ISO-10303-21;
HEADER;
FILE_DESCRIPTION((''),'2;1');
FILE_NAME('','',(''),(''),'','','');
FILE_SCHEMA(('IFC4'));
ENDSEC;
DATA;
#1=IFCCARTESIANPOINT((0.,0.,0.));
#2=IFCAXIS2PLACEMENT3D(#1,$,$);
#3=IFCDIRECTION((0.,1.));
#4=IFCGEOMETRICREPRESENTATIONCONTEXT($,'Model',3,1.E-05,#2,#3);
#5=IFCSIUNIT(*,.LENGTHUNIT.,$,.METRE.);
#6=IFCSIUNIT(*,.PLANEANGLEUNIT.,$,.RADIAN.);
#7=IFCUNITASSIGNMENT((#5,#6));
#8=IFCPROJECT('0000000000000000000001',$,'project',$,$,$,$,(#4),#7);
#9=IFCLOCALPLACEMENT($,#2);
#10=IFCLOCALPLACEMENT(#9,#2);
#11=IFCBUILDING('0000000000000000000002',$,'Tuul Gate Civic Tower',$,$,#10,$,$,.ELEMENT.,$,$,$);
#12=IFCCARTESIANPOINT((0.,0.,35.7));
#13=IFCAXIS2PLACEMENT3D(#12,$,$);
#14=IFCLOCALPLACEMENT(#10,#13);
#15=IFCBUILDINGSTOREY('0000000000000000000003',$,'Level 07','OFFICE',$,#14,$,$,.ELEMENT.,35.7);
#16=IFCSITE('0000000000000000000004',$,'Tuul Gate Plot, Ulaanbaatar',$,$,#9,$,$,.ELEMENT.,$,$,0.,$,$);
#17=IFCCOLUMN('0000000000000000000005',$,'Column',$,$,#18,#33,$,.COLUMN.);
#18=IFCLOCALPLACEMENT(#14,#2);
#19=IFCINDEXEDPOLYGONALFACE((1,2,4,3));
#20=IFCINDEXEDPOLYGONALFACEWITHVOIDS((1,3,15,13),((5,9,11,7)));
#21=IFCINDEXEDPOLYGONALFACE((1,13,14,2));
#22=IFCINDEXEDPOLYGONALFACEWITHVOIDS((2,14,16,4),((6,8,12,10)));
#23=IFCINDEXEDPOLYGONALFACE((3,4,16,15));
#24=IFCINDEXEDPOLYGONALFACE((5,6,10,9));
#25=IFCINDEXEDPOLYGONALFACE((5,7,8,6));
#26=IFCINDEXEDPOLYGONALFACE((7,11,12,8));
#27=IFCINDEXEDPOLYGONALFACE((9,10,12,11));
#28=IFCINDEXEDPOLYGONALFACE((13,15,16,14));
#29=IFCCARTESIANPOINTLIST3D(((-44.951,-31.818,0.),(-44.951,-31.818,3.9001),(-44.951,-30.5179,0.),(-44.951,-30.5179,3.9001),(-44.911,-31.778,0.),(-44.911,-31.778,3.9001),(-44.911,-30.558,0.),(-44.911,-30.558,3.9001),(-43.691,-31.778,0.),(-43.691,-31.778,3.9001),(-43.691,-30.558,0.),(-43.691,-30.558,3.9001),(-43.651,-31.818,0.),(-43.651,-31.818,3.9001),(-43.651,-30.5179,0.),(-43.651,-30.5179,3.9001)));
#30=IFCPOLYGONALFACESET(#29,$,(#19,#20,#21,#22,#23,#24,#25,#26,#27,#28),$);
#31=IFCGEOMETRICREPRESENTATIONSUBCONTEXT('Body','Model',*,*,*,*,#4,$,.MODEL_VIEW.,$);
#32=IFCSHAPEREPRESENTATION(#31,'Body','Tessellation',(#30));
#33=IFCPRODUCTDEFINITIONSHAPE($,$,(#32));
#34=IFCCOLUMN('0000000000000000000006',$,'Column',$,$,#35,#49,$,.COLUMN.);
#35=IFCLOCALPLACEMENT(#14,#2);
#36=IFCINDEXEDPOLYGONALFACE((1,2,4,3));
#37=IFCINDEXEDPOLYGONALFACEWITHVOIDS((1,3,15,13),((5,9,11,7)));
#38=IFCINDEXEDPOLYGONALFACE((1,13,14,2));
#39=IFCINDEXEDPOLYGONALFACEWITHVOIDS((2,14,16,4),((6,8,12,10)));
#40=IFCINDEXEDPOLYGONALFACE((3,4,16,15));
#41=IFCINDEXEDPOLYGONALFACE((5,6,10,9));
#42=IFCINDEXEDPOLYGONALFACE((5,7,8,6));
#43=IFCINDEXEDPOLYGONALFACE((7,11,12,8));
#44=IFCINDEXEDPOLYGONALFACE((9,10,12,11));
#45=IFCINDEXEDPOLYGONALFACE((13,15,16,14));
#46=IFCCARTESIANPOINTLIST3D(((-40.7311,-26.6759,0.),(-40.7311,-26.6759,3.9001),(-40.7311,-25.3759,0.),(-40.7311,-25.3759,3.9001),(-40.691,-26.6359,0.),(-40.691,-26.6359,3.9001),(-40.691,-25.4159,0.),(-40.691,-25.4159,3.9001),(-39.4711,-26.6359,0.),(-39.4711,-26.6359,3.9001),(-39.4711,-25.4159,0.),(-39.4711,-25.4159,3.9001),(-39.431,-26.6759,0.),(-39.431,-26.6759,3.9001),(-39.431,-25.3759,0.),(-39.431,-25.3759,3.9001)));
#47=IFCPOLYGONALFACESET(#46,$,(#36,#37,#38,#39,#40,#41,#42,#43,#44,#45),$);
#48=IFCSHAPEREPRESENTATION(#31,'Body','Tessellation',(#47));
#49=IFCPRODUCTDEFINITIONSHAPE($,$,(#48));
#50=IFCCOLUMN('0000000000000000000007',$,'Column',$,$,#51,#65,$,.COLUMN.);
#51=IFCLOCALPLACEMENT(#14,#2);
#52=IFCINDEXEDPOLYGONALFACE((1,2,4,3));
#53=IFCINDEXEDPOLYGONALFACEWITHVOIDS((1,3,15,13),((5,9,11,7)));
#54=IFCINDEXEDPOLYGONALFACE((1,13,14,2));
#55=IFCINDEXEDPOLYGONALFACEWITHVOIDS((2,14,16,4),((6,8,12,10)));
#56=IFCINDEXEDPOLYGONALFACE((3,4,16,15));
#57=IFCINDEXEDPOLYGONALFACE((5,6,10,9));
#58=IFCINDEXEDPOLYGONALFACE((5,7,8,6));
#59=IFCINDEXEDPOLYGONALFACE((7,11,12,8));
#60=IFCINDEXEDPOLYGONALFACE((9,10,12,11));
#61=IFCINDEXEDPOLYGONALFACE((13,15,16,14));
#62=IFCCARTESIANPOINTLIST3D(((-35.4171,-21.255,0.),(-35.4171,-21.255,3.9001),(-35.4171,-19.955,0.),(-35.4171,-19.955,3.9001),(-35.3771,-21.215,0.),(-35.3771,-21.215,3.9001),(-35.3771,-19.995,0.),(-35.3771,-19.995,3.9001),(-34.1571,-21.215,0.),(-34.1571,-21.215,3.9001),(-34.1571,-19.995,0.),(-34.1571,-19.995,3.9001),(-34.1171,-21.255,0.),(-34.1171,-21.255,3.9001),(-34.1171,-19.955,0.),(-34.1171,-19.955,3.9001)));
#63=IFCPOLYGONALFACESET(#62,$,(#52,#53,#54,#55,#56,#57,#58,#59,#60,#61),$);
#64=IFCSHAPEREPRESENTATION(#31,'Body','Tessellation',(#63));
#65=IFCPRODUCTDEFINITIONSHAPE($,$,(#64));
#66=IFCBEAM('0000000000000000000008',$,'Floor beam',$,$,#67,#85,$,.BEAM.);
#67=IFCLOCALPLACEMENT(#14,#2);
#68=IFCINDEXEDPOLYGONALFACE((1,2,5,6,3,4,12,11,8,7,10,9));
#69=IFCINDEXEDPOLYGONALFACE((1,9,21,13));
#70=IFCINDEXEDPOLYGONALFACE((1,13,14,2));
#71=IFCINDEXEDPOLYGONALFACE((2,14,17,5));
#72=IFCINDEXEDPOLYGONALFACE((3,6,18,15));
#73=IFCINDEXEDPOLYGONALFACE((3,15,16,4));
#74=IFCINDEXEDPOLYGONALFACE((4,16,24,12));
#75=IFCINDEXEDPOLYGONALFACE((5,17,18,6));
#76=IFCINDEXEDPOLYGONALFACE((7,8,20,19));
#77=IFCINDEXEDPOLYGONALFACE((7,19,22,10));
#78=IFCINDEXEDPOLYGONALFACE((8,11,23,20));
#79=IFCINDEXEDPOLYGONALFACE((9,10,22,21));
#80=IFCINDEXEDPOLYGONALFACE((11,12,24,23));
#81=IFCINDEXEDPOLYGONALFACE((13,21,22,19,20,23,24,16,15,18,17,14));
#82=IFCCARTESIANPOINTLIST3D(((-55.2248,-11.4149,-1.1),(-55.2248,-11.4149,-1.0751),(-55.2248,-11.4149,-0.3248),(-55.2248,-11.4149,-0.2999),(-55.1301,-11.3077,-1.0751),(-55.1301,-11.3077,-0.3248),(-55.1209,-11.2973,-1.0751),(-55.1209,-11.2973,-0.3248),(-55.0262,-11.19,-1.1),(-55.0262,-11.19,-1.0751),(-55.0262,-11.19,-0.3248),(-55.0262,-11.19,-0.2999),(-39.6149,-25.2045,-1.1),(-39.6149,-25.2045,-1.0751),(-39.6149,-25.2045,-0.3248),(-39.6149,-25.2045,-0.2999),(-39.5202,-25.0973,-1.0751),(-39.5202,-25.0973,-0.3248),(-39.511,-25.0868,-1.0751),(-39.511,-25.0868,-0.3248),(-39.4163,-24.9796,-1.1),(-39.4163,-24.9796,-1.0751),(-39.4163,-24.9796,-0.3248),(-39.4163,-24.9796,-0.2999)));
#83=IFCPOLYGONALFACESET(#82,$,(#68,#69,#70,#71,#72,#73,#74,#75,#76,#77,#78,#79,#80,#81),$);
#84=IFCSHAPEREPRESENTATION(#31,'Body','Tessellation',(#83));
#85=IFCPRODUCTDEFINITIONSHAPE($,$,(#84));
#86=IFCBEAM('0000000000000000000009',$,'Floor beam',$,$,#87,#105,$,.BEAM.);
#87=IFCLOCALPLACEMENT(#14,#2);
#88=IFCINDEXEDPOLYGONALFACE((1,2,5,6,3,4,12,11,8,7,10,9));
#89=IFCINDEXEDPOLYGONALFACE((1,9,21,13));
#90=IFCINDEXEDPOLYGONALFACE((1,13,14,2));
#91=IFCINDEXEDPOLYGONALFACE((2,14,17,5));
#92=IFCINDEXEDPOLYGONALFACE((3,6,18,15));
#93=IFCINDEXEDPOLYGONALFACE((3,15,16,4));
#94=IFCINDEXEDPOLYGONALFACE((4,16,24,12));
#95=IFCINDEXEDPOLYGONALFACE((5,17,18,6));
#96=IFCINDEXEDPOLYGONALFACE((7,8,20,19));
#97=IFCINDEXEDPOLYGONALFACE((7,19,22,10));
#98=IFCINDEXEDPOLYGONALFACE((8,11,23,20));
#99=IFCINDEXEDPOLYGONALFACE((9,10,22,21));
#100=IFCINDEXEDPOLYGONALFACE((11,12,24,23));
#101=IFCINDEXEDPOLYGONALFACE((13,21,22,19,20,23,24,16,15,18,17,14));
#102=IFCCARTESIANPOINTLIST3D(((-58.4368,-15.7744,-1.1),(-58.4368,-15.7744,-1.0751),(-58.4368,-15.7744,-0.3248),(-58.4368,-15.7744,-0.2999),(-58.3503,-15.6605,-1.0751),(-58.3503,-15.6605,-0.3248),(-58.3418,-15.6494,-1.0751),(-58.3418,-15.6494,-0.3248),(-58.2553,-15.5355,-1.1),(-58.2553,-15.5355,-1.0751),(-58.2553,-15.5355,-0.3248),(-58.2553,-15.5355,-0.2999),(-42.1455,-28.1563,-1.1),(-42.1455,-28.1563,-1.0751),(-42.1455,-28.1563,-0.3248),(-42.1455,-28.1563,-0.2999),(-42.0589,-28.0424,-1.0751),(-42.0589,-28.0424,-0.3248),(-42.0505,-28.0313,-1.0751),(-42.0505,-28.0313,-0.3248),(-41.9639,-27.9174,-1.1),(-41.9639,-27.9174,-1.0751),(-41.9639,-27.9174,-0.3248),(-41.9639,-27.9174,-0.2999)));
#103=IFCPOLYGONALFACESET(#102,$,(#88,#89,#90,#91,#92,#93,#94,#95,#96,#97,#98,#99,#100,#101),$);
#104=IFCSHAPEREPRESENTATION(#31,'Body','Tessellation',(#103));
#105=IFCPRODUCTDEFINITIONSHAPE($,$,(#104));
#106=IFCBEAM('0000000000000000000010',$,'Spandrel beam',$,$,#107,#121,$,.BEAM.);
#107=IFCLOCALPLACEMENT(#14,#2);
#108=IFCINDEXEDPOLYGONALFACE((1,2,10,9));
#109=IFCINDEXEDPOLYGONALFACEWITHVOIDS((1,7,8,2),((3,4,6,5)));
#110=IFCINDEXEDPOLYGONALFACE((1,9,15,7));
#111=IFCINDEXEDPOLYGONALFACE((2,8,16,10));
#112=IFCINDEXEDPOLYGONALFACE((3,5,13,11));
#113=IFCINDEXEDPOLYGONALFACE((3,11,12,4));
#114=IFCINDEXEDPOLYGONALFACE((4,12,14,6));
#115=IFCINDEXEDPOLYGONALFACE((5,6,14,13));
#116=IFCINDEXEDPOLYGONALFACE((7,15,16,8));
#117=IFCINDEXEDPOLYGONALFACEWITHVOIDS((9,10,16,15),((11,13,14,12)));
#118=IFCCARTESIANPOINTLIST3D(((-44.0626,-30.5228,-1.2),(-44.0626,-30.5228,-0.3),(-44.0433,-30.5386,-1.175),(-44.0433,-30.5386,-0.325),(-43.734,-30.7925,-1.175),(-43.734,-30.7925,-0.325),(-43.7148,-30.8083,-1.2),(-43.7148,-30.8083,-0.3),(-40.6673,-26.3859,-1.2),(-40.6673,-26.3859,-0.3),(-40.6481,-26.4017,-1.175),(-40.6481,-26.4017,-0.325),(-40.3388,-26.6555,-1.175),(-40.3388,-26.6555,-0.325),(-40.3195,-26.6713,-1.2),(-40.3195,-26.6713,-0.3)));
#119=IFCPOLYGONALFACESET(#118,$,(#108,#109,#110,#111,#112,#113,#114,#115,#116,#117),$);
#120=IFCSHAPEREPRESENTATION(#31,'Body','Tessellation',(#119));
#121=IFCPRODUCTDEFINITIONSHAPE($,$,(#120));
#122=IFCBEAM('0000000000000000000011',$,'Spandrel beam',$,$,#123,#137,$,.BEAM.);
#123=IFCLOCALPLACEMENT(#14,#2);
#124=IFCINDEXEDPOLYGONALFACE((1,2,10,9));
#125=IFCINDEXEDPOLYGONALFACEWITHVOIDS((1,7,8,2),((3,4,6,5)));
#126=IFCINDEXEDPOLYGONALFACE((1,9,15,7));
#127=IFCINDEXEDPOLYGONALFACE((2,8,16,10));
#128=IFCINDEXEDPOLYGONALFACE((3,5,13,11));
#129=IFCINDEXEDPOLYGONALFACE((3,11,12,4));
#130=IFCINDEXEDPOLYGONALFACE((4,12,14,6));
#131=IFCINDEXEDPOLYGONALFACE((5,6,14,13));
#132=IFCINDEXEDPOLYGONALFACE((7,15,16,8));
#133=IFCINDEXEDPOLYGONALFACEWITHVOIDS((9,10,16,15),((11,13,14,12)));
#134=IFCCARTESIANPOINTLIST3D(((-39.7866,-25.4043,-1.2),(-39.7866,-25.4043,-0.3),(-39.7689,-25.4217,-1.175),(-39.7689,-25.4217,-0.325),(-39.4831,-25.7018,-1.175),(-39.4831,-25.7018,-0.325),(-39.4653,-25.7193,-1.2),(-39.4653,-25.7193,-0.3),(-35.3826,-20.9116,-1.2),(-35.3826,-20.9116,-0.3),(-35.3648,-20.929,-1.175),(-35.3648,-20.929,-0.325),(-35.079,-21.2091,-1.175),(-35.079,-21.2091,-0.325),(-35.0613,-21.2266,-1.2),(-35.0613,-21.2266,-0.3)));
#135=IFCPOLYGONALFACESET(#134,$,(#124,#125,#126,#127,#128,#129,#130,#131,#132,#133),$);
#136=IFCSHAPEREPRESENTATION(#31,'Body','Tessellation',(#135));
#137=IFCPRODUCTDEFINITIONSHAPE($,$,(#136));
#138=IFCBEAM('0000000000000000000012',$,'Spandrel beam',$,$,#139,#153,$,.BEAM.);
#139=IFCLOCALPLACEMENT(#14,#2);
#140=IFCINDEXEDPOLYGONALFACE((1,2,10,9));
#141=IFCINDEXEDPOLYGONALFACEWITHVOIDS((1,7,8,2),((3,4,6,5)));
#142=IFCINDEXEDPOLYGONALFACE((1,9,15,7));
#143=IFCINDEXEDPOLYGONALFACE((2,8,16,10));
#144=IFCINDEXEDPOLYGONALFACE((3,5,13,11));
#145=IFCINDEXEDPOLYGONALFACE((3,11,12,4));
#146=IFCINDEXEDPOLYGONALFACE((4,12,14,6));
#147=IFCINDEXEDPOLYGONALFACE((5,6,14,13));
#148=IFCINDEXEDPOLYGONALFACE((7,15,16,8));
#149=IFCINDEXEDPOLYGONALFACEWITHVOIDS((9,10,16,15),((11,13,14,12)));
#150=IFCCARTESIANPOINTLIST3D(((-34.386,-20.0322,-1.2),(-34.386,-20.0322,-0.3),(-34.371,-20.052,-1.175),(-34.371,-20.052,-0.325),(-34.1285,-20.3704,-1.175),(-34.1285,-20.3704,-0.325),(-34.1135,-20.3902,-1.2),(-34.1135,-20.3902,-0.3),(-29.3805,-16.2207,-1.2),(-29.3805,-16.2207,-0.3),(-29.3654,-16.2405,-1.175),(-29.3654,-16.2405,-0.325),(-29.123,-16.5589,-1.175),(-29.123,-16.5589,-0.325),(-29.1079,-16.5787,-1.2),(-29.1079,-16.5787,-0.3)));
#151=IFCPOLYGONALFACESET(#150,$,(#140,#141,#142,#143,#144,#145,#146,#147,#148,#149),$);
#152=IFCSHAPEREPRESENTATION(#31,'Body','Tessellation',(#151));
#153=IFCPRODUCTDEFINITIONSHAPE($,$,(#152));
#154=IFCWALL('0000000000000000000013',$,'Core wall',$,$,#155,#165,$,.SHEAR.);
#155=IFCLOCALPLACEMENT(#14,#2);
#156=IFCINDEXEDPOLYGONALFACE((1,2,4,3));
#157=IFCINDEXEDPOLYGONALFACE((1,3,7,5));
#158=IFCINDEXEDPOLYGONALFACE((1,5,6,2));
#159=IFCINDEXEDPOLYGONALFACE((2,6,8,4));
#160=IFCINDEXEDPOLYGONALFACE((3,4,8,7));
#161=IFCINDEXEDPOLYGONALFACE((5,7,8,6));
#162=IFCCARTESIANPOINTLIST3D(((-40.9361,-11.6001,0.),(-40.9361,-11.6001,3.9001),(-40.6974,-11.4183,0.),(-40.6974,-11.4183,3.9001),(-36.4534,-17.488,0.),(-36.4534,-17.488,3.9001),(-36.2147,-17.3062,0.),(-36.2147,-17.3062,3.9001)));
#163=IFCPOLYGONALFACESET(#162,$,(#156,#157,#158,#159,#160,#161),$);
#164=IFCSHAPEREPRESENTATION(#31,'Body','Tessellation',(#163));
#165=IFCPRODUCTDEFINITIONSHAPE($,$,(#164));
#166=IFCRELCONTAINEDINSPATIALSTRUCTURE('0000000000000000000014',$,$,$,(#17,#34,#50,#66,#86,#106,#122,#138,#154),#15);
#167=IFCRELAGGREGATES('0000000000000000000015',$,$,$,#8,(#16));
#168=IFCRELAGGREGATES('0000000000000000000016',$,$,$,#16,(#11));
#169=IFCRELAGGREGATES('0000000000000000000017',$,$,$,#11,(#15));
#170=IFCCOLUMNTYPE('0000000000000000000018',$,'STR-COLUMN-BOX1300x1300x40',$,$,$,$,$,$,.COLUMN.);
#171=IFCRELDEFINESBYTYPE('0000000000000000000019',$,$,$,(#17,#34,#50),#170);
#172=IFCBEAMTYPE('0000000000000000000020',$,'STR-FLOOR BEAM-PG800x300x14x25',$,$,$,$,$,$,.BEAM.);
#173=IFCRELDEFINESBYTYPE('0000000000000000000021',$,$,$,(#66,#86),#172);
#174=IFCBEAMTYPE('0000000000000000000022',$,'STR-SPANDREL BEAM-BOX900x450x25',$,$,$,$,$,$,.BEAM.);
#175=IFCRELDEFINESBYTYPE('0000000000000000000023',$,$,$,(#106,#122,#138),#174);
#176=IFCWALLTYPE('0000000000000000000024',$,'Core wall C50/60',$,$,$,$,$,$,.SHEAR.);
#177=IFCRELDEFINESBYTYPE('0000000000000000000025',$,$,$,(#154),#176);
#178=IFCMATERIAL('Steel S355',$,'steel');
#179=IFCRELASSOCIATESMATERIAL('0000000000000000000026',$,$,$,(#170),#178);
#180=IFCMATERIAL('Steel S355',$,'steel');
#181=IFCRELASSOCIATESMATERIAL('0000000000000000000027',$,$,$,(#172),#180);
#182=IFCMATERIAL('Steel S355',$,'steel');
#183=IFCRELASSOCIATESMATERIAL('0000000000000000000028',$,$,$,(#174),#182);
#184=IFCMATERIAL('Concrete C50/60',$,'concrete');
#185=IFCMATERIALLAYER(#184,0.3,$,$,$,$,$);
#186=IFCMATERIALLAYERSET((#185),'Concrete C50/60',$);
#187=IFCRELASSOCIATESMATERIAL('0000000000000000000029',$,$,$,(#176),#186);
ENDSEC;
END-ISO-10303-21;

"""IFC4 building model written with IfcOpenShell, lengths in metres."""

from ifc_helpers import new_model, si_unit, direction, frame, frame_2d, origin, origin_2d, place, context, subcontext, project, spatial, rectangle, hollow_rectangle, i_section, extrude, material, layer, layer_set, material_profile, profile_set, type_object, element, save


model = new_model("IFC4")

# Units and contexts
model_context = context("Model", 3, precision=1e-05, world=origin(), true_north=direction((0.0, 1.0)))
body_context = subcontext(model_context, "Body", "Model", "MODEL_VIEW")
ifc_project = project(units=[si_unit("LENGTHUNIT", "METRE"), si_unit("PLANEANGLEUNIT", "RADIAN")], contexts=[model_context])

# Site, building, storey
site_placement = place(None, origin())
site = spatial("IfcSite", under=ifc_project, at=site_placement, Name="Tuul Gate Plot, Ulaanbaatar", CompositionType="ELEMENT", RefElevation=0.0)
building_placement = place(site_placement, origin())
building = spatial("IfcBuilding", under=site, at=building_placement, Name="Tuul Gate Civic Tower", CompositionType="ELEMENT")
storey_placement = place(building_placement, frame((0.0, 0.0, 35.7)))
storey = spatial("IfcBuildingStorey", under=building, at=storey_placement, Name="Level 07", Description="OFFICE", CompositionType="ELEMENT", Elevation=35.7)

# Columns
ifc_material_1 = material(Name="Steel S355", Category="steel")
ifc_material_profile_1 = material_profile(ifc_material_1, hollow_rectangle(XDim=1.3, YDim=1.3, WallThickness=0.04, at=origin_2d()), Name="BOX1300x1300x40")
ifc_profile_set_1 = profile_set([ifc_material_profile_1], Name="Steel S355")
column_type = type_object("IfcColumnType", Name="STR-COLUMN-BOX1300x1300x40", PredefinedType="COLUMN", material=ifc_profile_set_1)
for number, where, z_axis, x_axis, name in (
    (1, (-44.301, -31.168, 0.0), (0.0, 0.0, 1.0), (1.0, 0.0, 0.0), "Column"),
    (2, (-40.0811, -26.0259, 0.0), (0.0, 0.0, 1.0), (1.0, 0.0, 0.0), "Column"),
    (3, (-34.7671, -20.605, 0.0), (0.0, 0.0, 1.0), (1.0, 0.0, 0.0), "Column"),
):
    element("IfcColumn", number, at=place(storey_placement, frame(where, z_axis=z_axis, x_axis=x_axis)), inside=storey, type_object=column_type, Name=name, PredefinedType="COLUMN", context=body_context, shape_type="SweptSolid", body=[
        extrude(hollow_rectangle(XDim=1.3, YDim=1.3, WallThickness=0.04, at=origin_2d()), origin(), (0.0, 0.0, 1.0), 3.9001),
    ])

# Beams
ifc_material_2 = material(Name="Steel S355", Category="steel")
ifc_material_profile_2 = material_profile(ifc_material_2, i_section(OverallWidth=0.3, OverallDepth=0.8, WebThickness=0.0139, FlangeThickness=0.0249, at=origin_2d()), Name="PG800x300x14x25")
ifc_profile_set_2 = profile_set([ifc_material_profile_2], Name="Steel S355")
beam_type_1 = type_object("IfcBeamType", Name="STR-FLOOR BEAM-PG800x300x14x25", PredefinedType="BEAM", material=ifc_profile_set_2)
beam_1_placement = place(storey_placement, frame((-39.5156, -25.092, -0.7), z_axis=(-0.749453, 0.662057, 0.0), x_axis=(-0.662057, -0.749453, 0.0)))
element("IfcBeam", 4, at=beam_1_placement, inside=storey, type_object=beam_type_1, Name="Floor beam", PredefinedType="BEAM", context=body_context, shape_type="SweptSolid", body=[
    extrude(i_section(OverallWidth=0.3, OverallDepth=0.8, WebThickness=0.0139, FlangeThickness=0.0249, at=origin_2d()), origin(), (0.0, 0.0, 1.0), 20.8284),
])
beam_2_placement = place(storey_placement, frame((-42.0547, -28.0369, -0.7), z_axis=(-0.796151, 0.605098, 0.0), x_axis=(-0.605098, -0.796151, 0.0)))
element("IfcBeam", 5, at=beam_2_placement, inside=storey, type_object=beam_type_1, Name="Floor beam", PredefinedType="BEAM", context=body_context, shape_type="SweptSolid", body=[
    extrude(i_section(OverallWidth=0.3, OverallDepth=0.8, WebThickness=0.0139, FlangeThickness=0.0249, at=origin_2d()), origin(), (0.0, 0.0, 1.0), 20.4626),
])
ifc_material_3 = material(Name="Steel S355", Category="steel")
ifc_material_profile_3 = material_profile(ifc_material_3, hollow_rectangle(XDim=0.45, YDim=0.8999, WallThickness=0.0249, at=origin_2d()), Name="BOX900x450x25")
ifc_profile_set_3 = profile_set([ifc_material_profile_3], Name="Steel S355")
beam_type_2 = type_object("IfcBeamType", Name="STR-SPANDREL BEAM-BOX900x450x25", PredefinedType="BEAM", material=ifc_profile_set_3)
beam_3_placement = place(storey_placement, frame((-43.8887, -30.6655, -0.75), z_axis=(0.63441, 0.772997, 0.0), x_axis=(-0.772997, 0.63441, 0.0)))
element("IfcBeam", 6, at=beam_3_placement, inside=storey, type_object=beam_type_2, Name="Spandrel beam", PredefinedType="BEAM", context=body_context, shape_type="SweptSolid", body=[
    extrude(hollow_rectangle(XDim=0.45, YDim=0.8999, WallThickness=0.0249, at=origin_2d()), origin(), (0.0, 0.0, 1.0), 5.3518),
])
beam_4_placement = place(storey_placement, frame((-39.626, -25.5618, -0.75), z_axis=(0.700028, 0.714115, 0.0), x_axis=(-0.714115, 0.700028, 0.0)))
element("IfcBeam", 7, at=beam_4_placement, inside=storey, type_object=beam_type_2, Name="Spandrel beam", PredefinedType="BEAM", context=body_context, shape_type="SweptSolid", body=[
    extrude(hollow_rectangle(XDim=0.45, YDim=0.8999, WallThickness=0.0249, at=origin_2d()), origin(), (0.0, 0.0, 1.0), 6.2913),
])
beam_5_placement = place(storey_placement, frame((-34.2498, -20.2112, -0.75), z_axis=(0.795606, 0.605814, 0.0), x_axis=(-0.605814, 0.795606, 0.0)))
element("IfcBeam", 8, at=beam_5_placement, inside=storey, type_object=beam_type_2, Name="Spandrel beam", PredefinedType="BEAM", context=body_context, shape_type="SweptSolid", body=[
    extrude(hollow_rectangle(XDim=0.45, YDim=0.8999, WallThickness=0.0249, at=origin_2d()), origin(), (0.0, 0.0, 1.0), 6.2915),
])

# Wall
ifc_material_4 = material(Name="Concrete C50/60", Category="concrete")
ifc_layer_1 = layer(ifc_material_4, 0.3)
ifc_layer_set_1 = layer_set([ifc_layer_1], Name="Concrete C50/60")
wall_type_1 = type_object("IfcWallType", Name="Core wall C50/60", PredefinedType="SHEAR", material=ifc_layer_set_1)
wall_1_placement = place(storey_placement, frame((-36.334, -17.3972, 0.0), z_axis=(0.0, 0.0, 1.0), x_axis=(-0.605754, 0.795652, 0.0)))
element("IfcWall", 9, at=wall_1_placement, inside=storey, type_object=wall_type_1, Name="Core wall", PredefinedType="SHEAR", context=body_context, shape_type="SweptSolid", body=[
    extrude(rectangle(XDim=7.4001, YDim=0.3, at=frame_2d((3.7002, 0.0))), origin(), (0.0, 0.0, 1.0), 3.9001),
])

save(model, "model.ifc")
